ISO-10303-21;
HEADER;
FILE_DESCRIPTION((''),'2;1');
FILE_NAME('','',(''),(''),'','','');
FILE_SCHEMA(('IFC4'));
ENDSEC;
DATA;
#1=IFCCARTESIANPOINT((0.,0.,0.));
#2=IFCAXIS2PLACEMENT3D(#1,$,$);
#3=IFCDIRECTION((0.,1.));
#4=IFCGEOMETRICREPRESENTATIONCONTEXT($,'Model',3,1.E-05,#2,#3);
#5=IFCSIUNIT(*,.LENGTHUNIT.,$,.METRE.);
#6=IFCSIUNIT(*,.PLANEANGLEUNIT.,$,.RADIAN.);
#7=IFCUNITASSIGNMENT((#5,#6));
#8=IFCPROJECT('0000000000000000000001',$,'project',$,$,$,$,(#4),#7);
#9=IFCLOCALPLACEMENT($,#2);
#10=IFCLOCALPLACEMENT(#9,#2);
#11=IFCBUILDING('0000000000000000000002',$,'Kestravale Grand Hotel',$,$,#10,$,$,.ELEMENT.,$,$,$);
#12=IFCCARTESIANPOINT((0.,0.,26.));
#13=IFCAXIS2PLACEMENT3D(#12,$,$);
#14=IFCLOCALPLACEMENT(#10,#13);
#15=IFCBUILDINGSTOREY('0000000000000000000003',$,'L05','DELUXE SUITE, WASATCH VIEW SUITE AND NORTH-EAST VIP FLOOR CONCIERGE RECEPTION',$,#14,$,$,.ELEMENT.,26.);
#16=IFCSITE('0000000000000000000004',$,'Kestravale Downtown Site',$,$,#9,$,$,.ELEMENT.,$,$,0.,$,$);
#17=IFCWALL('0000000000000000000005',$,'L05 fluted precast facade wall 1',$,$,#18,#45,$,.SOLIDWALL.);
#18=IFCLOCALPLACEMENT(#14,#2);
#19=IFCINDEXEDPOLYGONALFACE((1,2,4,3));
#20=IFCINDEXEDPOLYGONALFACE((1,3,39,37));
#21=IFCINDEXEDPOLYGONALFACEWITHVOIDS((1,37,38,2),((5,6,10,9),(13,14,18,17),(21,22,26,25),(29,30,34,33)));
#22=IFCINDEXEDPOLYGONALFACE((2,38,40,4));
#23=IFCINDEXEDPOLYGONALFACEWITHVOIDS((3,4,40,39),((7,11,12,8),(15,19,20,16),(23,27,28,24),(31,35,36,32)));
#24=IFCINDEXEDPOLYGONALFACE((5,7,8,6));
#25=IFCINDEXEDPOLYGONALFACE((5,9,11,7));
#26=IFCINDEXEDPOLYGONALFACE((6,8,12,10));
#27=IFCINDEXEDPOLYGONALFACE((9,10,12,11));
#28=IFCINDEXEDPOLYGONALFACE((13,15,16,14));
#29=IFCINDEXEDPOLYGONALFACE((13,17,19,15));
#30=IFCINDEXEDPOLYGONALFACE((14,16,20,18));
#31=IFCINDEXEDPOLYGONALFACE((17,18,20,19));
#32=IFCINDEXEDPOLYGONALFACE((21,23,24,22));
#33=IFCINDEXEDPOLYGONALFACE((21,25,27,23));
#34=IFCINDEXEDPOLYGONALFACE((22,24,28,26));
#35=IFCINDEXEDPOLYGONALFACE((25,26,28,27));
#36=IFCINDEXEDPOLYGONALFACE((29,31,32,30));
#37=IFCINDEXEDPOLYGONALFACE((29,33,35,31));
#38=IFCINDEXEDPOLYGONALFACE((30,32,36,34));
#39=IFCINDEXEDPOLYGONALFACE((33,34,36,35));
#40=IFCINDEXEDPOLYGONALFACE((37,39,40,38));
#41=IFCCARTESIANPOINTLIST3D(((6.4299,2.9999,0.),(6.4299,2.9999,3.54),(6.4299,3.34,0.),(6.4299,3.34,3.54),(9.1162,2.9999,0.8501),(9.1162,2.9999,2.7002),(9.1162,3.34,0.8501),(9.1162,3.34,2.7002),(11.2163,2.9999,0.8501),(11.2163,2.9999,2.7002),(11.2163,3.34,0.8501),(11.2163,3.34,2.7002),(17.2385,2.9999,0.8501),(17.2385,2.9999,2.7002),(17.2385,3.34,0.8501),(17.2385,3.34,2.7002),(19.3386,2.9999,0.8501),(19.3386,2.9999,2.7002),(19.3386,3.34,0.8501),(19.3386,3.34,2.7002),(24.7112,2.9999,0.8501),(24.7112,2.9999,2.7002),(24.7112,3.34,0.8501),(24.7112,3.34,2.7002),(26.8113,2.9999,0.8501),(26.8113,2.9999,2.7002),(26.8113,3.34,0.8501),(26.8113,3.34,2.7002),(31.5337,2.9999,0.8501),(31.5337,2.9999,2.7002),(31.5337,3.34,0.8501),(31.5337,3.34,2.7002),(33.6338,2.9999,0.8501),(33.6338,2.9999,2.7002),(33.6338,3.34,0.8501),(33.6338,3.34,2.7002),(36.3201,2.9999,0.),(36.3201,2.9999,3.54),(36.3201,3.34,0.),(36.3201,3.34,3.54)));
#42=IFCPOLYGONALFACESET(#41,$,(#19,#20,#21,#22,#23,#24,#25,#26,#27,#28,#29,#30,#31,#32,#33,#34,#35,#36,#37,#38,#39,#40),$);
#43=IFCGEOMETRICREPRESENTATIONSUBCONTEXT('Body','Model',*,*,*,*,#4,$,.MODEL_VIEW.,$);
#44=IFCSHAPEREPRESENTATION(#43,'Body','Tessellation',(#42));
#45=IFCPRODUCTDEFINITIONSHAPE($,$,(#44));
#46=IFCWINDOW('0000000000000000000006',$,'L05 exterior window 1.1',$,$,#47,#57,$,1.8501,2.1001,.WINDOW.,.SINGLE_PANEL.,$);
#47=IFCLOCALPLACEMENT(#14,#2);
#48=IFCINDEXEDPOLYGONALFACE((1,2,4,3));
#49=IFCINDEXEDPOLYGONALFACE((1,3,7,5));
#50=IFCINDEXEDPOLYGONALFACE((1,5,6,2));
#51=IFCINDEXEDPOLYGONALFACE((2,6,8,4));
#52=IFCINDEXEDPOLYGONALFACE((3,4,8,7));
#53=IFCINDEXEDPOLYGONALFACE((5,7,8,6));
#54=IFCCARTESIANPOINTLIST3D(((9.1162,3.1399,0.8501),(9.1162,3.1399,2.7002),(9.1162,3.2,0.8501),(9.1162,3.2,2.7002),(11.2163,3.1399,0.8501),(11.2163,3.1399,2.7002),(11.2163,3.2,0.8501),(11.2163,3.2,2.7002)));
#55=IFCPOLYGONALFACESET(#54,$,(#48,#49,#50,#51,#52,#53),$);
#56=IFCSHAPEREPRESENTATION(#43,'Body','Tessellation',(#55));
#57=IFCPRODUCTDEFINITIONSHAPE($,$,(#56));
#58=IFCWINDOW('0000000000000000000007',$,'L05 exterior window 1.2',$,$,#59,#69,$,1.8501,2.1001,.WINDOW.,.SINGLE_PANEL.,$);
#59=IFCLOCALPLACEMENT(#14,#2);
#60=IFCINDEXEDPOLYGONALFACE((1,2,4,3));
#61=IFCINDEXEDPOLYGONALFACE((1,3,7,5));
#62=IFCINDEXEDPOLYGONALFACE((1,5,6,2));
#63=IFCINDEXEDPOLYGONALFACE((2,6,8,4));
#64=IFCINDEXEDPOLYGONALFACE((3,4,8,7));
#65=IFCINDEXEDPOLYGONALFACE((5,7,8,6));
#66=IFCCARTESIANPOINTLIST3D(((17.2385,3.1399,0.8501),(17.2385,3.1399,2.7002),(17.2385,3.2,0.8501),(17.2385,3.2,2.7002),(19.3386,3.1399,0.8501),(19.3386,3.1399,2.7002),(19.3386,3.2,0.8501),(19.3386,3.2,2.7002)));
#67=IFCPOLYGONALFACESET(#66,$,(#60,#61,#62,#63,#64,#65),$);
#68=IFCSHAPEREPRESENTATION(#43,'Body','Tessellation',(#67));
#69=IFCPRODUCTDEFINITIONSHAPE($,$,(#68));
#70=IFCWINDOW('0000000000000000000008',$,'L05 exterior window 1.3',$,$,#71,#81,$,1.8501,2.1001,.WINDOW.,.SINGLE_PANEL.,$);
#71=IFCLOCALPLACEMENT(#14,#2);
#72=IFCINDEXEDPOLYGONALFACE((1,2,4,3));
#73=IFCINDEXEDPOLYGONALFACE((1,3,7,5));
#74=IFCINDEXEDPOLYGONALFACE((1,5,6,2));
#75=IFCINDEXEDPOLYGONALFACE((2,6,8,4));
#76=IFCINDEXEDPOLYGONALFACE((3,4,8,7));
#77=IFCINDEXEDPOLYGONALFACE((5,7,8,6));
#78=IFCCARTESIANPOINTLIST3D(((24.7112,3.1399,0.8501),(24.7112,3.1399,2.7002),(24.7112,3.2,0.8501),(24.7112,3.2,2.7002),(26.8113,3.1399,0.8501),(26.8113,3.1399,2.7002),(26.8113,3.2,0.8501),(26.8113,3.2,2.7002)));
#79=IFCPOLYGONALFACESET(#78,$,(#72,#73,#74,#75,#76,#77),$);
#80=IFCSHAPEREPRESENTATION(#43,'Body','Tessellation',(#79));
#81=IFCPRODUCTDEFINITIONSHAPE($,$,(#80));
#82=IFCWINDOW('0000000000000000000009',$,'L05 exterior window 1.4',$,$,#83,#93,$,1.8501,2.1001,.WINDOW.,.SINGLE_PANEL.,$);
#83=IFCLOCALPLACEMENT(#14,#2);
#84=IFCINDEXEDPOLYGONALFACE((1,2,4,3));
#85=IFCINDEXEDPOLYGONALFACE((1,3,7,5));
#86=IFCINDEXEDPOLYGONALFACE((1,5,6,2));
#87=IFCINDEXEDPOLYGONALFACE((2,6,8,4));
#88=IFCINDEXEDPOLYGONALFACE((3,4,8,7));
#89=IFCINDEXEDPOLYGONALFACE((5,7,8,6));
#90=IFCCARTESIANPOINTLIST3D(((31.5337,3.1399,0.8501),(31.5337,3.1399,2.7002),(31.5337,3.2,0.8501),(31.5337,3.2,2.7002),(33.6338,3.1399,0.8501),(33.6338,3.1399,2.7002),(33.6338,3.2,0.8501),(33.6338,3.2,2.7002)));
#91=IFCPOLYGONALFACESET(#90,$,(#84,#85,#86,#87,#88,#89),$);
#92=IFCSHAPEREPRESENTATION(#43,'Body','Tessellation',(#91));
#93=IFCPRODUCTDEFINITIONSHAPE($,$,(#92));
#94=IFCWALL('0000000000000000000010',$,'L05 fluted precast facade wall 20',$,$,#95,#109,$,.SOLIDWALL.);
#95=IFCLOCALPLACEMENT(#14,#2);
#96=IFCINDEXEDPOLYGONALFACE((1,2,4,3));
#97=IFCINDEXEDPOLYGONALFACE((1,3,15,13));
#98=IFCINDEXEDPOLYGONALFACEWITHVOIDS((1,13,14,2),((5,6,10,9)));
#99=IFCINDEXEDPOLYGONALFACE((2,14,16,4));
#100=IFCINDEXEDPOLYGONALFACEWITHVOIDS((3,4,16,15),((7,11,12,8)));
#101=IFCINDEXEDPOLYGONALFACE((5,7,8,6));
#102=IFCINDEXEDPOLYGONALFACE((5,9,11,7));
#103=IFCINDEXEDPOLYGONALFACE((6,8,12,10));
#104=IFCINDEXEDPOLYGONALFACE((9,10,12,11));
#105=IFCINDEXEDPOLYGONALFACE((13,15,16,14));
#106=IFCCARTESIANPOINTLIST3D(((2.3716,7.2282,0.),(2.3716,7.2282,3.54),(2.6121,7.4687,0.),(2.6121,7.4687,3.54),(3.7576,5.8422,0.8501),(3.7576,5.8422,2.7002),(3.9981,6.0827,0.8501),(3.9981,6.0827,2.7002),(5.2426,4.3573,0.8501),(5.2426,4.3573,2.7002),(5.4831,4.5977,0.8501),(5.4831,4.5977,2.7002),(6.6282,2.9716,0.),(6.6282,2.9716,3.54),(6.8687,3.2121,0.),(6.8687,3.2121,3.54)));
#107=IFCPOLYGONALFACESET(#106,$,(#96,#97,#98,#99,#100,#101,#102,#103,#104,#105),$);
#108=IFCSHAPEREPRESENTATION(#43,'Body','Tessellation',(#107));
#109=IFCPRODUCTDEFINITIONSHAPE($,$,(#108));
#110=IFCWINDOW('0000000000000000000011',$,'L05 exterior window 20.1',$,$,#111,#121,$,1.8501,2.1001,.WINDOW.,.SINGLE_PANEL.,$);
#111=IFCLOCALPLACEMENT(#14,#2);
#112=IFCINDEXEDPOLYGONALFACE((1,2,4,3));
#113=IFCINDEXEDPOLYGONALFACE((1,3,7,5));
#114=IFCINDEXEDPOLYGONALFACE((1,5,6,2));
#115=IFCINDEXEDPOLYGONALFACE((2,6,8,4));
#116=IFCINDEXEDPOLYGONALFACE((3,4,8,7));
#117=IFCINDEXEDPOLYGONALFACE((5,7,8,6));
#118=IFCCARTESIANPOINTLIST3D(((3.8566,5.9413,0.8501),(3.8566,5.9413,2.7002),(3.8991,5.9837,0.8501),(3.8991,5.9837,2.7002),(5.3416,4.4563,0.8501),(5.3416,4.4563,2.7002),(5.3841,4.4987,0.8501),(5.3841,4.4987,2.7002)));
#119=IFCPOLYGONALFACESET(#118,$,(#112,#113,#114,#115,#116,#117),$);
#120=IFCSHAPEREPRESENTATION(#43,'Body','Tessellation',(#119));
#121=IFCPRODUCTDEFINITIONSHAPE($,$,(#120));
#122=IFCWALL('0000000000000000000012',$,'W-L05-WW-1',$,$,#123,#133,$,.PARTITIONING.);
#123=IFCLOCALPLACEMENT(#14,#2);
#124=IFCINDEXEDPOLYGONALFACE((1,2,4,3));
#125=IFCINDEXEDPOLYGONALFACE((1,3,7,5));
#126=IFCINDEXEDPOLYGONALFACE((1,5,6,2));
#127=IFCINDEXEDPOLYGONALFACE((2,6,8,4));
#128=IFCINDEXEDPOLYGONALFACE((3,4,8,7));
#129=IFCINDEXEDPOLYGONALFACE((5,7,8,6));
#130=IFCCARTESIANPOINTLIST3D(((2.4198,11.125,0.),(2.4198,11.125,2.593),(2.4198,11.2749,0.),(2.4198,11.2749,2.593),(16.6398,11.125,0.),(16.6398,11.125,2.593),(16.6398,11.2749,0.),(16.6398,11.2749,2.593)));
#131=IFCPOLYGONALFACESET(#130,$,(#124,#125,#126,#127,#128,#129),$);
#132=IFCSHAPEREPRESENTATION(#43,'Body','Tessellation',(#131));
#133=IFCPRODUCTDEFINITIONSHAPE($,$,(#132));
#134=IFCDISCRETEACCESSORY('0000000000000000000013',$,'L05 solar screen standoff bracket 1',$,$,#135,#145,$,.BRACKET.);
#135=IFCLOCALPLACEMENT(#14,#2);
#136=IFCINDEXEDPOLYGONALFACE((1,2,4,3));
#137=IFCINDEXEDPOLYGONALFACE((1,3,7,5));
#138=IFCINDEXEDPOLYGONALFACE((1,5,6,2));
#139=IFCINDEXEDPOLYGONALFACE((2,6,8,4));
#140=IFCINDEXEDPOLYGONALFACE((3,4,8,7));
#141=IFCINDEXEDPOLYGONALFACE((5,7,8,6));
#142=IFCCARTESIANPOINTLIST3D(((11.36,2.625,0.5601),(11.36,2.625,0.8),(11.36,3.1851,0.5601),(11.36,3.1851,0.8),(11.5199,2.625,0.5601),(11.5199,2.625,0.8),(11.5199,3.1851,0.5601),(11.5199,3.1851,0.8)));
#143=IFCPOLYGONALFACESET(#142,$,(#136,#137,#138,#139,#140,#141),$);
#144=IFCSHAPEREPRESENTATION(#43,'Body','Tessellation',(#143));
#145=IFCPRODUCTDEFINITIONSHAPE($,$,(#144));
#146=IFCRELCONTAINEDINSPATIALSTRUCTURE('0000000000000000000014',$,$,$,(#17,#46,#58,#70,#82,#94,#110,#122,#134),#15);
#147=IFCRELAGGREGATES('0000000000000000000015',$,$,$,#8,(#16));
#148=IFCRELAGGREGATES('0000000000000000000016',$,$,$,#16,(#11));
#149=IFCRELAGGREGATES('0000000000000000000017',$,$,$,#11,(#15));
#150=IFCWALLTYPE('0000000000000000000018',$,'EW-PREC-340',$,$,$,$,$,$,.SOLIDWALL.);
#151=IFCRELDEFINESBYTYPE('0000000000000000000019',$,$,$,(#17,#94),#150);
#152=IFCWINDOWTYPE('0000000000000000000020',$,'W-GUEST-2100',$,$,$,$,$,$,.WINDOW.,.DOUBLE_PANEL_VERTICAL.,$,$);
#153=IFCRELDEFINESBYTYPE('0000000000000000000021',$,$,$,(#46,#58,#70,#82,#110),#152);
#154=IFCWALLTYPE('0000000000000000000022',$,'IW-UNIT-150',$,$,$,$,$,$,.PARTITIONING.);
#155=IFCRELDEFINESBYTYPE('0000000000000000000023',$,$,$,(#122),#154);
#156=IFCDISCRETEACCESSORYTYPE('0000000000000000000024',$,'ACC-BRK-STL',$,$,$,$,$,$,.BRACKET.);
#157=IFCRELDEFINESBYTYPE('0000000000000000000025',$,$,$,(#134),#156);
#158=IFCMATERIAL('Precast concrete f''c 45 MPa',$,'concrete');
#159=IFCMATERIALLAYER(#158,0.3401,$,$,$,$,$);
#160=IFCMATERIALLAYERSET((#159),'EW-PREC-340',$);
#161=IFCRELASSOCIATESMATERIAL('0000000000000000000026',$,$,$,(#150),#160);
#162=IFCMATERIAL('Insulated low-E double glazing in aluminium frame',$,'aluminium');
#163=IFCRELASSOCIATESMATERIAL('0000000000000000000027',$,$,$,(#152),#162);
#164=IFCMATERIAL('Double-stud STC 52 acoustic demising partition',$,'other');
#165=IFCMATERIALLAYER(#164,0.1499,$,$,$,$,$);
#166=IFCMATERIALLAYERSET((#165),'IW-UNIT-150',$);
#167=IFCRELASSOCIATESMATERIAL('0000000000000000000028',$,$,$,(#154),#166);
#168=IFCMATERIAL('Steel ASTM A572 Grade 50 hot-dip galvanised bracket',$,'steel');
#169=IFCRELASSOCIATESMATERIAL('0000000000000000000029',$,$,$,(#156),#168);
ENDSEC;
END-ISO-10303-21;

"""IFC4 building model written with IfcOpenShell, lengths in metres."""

from ifc_helpers import new_model, si_unit, direction, frame, frame_2d, origin, origin_2d, place, context, subcontext, project, spatial, rectangle, extrude, material, layer, layer_set, type_object, element, fill, save


model = new_model("IFC4")

# Units and contexts
model_context = context("Model", 3, precision=1e-05, world=origin(), true_north=direction((0.0, 1.0)))
body_context = subcontext(model_context, "Body", "Model", "MODEL_VIEW")
ifc_project = project(units=[si_unit("LENGTHUNIT", "METRE"), si_unit("PLANEANGLEUNIT", "RADIAN")], contexts=[model_context])

# Site, building, storey
site_placement = place(None, origin())
site = spatial("IfcSite", under=ifc_project, at=site_placement, Name="Kestravale Downtown Site", CompositionType="ELEMENT", RefElevation=0.0)
building_placement = place(site_placement, origin())
building = spatial("IfcBuilding", under=site, at=building_placement, Name="Kestravale Grand Hotel", CompositionType="ELEMENT")
storey_placement = place(building_placement, frame((0.0, 0.0, 26.0)))
storey = spatial("IfcBuildingStorey", under=building, at=storey_placement, Name="L05", Description="DELUXE SUITE, WASATCH VIEW SUITE AND NORTH-EAST VIP FLOOR CONCIERGE RECEPTION", CompositionType="ELEMENT", Elevation=26.0)

# Wall, openings, windows
ifc_material_1 = material(Name="Precast concrete f'c 45 MPa", Category="concrete")
ifc_layer_1 = layer(ifc_material_1, 0.3401)
ifc_layer_set_1 = layer_set([ifc_layer_1], Name="EW-PREC-340")
wall_type_1 = type_object("IfcWallType", Name="EW-PREC-340", PredefinedType="SOLIDWALL", material=ifc_layer_set_1)
wall_1_placement = place(storey_placement, frame((6.4299, 3.1699, 0.0), z_axis=(0.0, 0.0, 1.0), x_axis=(1.0, 0.0, 0.0)))
wall_1 = element("IfcWall", 1, at=wall_1_placement, inside=storey, type_object=wall_type_1, Name="L05 fluted precast facade wall 1", PredefinedType="SOLIDWALL", context=body_context, shape_type="SweptSolid", body=[
    extrude(rectangle(XDim=29.8901, YDim=0.3401, at=frame_2d((14.9451, 0.0))), origin(), (0.0, 0.0, 1.0), 3.54),
])
opening_1_placement = place(wall_1_placement, frame((2.6863, 0.0, 0.8501)))
opening_1 = element("IfcOpeningElement", 2, at=opening_1_placement, cuts=wall_1, PredefinedType="OPENING", context=body_context, shape_type="SweptSolid", body=[
    extrude(rectangle(XDim=2.1001, YDim=1.8501, at=frame_2d((1.05, 0.925))), frame((0.0, 0.1799, 0.0), z_axis=(0.0, -1.0, 0.0), x_axis=(1.0, 0.0, 0.0)), (0.0, 0.0, 1.0), 0.3601),
])
opening_2_placement = place(wall_1_placement, frame((10.8086, 0.0, 0.8501)))
opening_2 = element("IfcOpeningElement", 3, at=opening_2_placement, cuts=wall_1, PredefinedType="OPENING", context=body_context, shape_type="SweptSolid", body=[
    extrude(rectangle(XDim=2.1001, YDim=1.8501, at=frame_2d((1.05, 0.925))), frame((0.0, 0.1799, 0.0), z_axis=(0.0, -1.0, 0.0), x_axis=(1.0, 0.0, 0.0)), (0.0, 0.0, 1.0), 0.3601),
])
opening_3_placement = place(wall_1_placement, frame((18.2812, 0.0, 0.8501)))
opening_3 = element("IfcOpeningElement", 4, at=opening_3_placement, cuts=wall_1, PredefinedType="OPENING", context=body_context, shape_type="SweptSolid", body=[
    extrude(rectangle(XDim=2.1001, YDim=1.8501, at=frame_2d((1.05, 0.925))), frame((0.0, 0.1799, 0.0), z_axis=(0.0, -1.0, 0.0), x_axis=(1.0, 0.0, 0.0)), (0.0, 0.0, 1.0), 0.3601),
])
opening_4_placement = place(wall_1_placement, frame((25.1038, 0.0, 0.8501)))
opening_4 = element("IfcOpeningElement", 5, at=opening_4_placement, cuts=wall_1, PredefinedType="OPENING", context=body_context, shape_type="SweptSolid", body=[
    extrude(rectangle(XDim=2.1001, YDim=1.8501, at=frame_2d((1.05, 0.925))), frame((0.0, 0.1799, 0.0), z_axis=(0.0, -1.0, 0.0), x_axis=(1.0, 0.0, 0.0)), (0.0, 0.0, 1.0), 0.3601),
])
ifc_material_2 = material(Name="Insulated low-E double glazing in aluminium frame", Category="aluminium")
window_type = type_object("IfcWindowType", Name="W-GUEST-2100", PartitioningType="DOUBLE_PANEL_VERTICAL", PredefinedType="WINDOW", material=ifc_material_2)
window_1_placement = place(opening_1_placement, origin())
window_1 = element("IfcWindow", 6, at=window_1_placement, inside=storey, type_object=window_type, Name="L05 exterior window 1.1", OverallHeight=1.8501, OverallWidth=2.1001, PartitioningType="SINGLE_PANEL", PredefinedType="WINDOW", context=body_context, shape_type="SweptSolid", body=[
    extrude(rectangle(XDim=2.1001, YDim=1.8501, at=frame_2d((1.05, 0.925))), frame((0.0, 0.03, 0.0), z_axis=(0.0, -1.0, 0.0), x_axis=(1.0, 0.0, 0.0)), (0.0, 0.0, 1.0), 0.0601),
])
fill(opening_1, window_1)
window_2_placement = place(opening_2_placement, origin())
window_2 = element("IfcWindow", 7, at=window_2_placement, inside=storey, type_object=window_type, Name="L05 exterior window 1.2", OverallHeight=1.8501, OverallWidth=2.1001, PartitioningType="SINGLE_PANEL", PredefinedType="WINDOW", context=body_context, shape_type="SweptSolid", body=[
    extrude(rectangle(XDim=2.1001, YDim=1.8501, at=frame_2d((1.05, 0.925))), frame((0.0, 0.03, 0.0), z_axis=(0.0, -1.0, 0.0), x_axis=(1.0, 0.0, 0.0)), (0.0, 0.0, 1.0), 0.0601),
])
fill(opening_2, window_2)
window_3_placement = place(opening_3_placement, origin())
window_3 = element("IfcWindow", 8, at=window_3_placement, inside=storey, type_object=window_type, Name="L05 exterior window 1.3", OverallHeight=1.8501, OverallWidth=2.1001, PartitioningType="SINGLE_PANEL", PredefinedType="WINDOW", context=body_context, shape_type="SweptSolid", body=[
    extrude(rectangle(XDim=2.1001, YDim=1.8501, at=frame_2d((1.05, 0.925))), frame((0.0, 0.03, 0.0), z_axis=(0.0, -1.0, 0.0), x_axis=(1.0, 0.0, 0.0)), (0.0, 0.0, 1.0), 0.0601),
])
fill(opening_3, window_3)
window_4_placement = place(opening_4_placement, origin())
window_4 = element("IfcWindow", 9, at=window_4_placement, inside=storey, type_object=window_type, Name="L05 exterior window 1.4", OverallHeight=1.8501, OverallWidth=2.1001, PartitioningType="SINGLE_PANEL", PredefinedType="WINDOW", context=body_context, shape_type="SweptSolid", body=[
    extrude(rectangle(XDim=2.1001, YDim=1.8501, at=frame_2d((1.05, 0.925))), frame((0.0, 0.03, 0.0), z_axis=(0.0, -1.0, 0.0), x_axis=(1.0, 0.0, 0.0)), (0.0, 0.0, 1.0), 0.0601),
])
fill(opening_4, window_4)

# Wall, opening, window
wall_2_placement = place(storey_placement, frame((2.4919, 7.3484, 0.0), z_axis=(0.0, 0.0, 1.0), x_axis=(0.707107, -0.707107, 0.0)))
wall_2 = element("IfcWall", 10, at=wall_2_placement, inside=storey, type_object=wall_type_1, Name="L05 fluted precast facade wall 20", PredefinedType="SOLIDWALL", context=body_context, shape_type="SweptSolid", body=[
    extrude(rectangle(XDim=6.0198, YDim=0.3401, at=frame_2d((3.0098, 0.0))), origin(), (0.0, 0.0, 1.0), 3.54),
])
opening_5_placement = place(wall_2_placement, frame((1.96, 0.0, 0.8501)))
opening_5 = element("IfcOpeningElement", 11, at=opening_5_placement, cuts=wall_2, PredefinedType="OPENING", context=body_context, shape_type="SweptSolid", body=[
    extrude(rectangle(XDim=2.1001, YDim=1.8501, at=frame_2d((1.05, 0.925))), frame((0.0, 0.1799, 0.0), z_axis=(0.0, -1.0, 0.0), x_axis=(1.0, 0.0, 0.0)), (0.0, 0.0, 1.0), 0.3601),
])
window_5_placement = place(opening_5_placement, origin())
window_5 = element("IfcWindow", 12, at=window_5_placement, inside=storey, type_object=window_type, Name="L05 exterior window 20.1", OverallHeight=1.8501, OverallWidth=2.1001, PartitioningType="SINGLE_PANEL", PredefinedType="WINDOW", context=body_context, shape_type="SweptSolid", body=[
    extrude(rectangle(XDim=2.1001, YDim=1.8501, at=frame_2d((1.05, 0.925))), frame((0.0, 0.03, 0.0), z_axis=(0.0, -1.0, 0.0), x_axis=(1.0, 0.0, 0.0)), (0.0, 0.0, 1.0), 0.0601),
])
fill(opening_5, window_5)

# Wall
ifc_material_3 = material(Name="Double-stud STC 52 acoustic demising partition", Category="other")
ifc_layer_2 = layer(ifc_material_3, 0.1499)
ifc_layer_set_2 = layer_set([ifc_layer_2], Name="IW-UNIT-150")
wall_type_2 = type_object("IfcWallType", Name="IW-UNIT-150", PredefinedType="PARTITIONING", material=ifc_layer_set_2)
wall_3_placement = place(storey_placement, frame((2.4199, 11.2, 0.0), z_axis=(0.0, 0.0, 1.0), x_axis=(1.0, 0.0, 0.0)))
element("IfcWall", 13, at=wall_3_placement, inside=storey, type_object=wall_type_2, Name="W-L05-WW-1", PredefinedType="PARTITIONING", context=body_context, shape_type="SweptSolid", body=[
    extrude(rectangle(XDim=14.22, YDim=0.1499, at=frame_2d((7.1099, 0.0))), origin(), (0.0, 0.0, 1.0), 2.593),
])

# Discrete accessory
ifc_material_4 = material(Name="Steel ASTM A572 Grade 50 hot-dip galvanised bracket", Category="steel")
discrete_accessory_type = type_object("IfcDiscreteAccessoryType", Name="ACC-BRK-STL", PredefinedType="BRACKET", material=ifc_material_4)
discrete_accessory_placement = place(storey_placement, frame((11.4399, 2.905, 0.5601), z_axis=(0.0, 0.0, 1.0), x_axis=(1.0, 0.0, 0.0)))
element("IfcDiscreteAccessory", 14, at=discrete_accessory_placement, inside=storey, type_object=discrete_accessory_type, Name="L05 solar screen standoff bracket 1", PredefinedType="BRACKET", context=body_context, shape_type="SweptSolid", body=[
    extrude(rectangle(XDim=0.1599, YDim=0.5601, at=origin_2d()), origin(), (0.0, 0.0, 1.0), 0.24),
])

save(model, "model.ifc")
